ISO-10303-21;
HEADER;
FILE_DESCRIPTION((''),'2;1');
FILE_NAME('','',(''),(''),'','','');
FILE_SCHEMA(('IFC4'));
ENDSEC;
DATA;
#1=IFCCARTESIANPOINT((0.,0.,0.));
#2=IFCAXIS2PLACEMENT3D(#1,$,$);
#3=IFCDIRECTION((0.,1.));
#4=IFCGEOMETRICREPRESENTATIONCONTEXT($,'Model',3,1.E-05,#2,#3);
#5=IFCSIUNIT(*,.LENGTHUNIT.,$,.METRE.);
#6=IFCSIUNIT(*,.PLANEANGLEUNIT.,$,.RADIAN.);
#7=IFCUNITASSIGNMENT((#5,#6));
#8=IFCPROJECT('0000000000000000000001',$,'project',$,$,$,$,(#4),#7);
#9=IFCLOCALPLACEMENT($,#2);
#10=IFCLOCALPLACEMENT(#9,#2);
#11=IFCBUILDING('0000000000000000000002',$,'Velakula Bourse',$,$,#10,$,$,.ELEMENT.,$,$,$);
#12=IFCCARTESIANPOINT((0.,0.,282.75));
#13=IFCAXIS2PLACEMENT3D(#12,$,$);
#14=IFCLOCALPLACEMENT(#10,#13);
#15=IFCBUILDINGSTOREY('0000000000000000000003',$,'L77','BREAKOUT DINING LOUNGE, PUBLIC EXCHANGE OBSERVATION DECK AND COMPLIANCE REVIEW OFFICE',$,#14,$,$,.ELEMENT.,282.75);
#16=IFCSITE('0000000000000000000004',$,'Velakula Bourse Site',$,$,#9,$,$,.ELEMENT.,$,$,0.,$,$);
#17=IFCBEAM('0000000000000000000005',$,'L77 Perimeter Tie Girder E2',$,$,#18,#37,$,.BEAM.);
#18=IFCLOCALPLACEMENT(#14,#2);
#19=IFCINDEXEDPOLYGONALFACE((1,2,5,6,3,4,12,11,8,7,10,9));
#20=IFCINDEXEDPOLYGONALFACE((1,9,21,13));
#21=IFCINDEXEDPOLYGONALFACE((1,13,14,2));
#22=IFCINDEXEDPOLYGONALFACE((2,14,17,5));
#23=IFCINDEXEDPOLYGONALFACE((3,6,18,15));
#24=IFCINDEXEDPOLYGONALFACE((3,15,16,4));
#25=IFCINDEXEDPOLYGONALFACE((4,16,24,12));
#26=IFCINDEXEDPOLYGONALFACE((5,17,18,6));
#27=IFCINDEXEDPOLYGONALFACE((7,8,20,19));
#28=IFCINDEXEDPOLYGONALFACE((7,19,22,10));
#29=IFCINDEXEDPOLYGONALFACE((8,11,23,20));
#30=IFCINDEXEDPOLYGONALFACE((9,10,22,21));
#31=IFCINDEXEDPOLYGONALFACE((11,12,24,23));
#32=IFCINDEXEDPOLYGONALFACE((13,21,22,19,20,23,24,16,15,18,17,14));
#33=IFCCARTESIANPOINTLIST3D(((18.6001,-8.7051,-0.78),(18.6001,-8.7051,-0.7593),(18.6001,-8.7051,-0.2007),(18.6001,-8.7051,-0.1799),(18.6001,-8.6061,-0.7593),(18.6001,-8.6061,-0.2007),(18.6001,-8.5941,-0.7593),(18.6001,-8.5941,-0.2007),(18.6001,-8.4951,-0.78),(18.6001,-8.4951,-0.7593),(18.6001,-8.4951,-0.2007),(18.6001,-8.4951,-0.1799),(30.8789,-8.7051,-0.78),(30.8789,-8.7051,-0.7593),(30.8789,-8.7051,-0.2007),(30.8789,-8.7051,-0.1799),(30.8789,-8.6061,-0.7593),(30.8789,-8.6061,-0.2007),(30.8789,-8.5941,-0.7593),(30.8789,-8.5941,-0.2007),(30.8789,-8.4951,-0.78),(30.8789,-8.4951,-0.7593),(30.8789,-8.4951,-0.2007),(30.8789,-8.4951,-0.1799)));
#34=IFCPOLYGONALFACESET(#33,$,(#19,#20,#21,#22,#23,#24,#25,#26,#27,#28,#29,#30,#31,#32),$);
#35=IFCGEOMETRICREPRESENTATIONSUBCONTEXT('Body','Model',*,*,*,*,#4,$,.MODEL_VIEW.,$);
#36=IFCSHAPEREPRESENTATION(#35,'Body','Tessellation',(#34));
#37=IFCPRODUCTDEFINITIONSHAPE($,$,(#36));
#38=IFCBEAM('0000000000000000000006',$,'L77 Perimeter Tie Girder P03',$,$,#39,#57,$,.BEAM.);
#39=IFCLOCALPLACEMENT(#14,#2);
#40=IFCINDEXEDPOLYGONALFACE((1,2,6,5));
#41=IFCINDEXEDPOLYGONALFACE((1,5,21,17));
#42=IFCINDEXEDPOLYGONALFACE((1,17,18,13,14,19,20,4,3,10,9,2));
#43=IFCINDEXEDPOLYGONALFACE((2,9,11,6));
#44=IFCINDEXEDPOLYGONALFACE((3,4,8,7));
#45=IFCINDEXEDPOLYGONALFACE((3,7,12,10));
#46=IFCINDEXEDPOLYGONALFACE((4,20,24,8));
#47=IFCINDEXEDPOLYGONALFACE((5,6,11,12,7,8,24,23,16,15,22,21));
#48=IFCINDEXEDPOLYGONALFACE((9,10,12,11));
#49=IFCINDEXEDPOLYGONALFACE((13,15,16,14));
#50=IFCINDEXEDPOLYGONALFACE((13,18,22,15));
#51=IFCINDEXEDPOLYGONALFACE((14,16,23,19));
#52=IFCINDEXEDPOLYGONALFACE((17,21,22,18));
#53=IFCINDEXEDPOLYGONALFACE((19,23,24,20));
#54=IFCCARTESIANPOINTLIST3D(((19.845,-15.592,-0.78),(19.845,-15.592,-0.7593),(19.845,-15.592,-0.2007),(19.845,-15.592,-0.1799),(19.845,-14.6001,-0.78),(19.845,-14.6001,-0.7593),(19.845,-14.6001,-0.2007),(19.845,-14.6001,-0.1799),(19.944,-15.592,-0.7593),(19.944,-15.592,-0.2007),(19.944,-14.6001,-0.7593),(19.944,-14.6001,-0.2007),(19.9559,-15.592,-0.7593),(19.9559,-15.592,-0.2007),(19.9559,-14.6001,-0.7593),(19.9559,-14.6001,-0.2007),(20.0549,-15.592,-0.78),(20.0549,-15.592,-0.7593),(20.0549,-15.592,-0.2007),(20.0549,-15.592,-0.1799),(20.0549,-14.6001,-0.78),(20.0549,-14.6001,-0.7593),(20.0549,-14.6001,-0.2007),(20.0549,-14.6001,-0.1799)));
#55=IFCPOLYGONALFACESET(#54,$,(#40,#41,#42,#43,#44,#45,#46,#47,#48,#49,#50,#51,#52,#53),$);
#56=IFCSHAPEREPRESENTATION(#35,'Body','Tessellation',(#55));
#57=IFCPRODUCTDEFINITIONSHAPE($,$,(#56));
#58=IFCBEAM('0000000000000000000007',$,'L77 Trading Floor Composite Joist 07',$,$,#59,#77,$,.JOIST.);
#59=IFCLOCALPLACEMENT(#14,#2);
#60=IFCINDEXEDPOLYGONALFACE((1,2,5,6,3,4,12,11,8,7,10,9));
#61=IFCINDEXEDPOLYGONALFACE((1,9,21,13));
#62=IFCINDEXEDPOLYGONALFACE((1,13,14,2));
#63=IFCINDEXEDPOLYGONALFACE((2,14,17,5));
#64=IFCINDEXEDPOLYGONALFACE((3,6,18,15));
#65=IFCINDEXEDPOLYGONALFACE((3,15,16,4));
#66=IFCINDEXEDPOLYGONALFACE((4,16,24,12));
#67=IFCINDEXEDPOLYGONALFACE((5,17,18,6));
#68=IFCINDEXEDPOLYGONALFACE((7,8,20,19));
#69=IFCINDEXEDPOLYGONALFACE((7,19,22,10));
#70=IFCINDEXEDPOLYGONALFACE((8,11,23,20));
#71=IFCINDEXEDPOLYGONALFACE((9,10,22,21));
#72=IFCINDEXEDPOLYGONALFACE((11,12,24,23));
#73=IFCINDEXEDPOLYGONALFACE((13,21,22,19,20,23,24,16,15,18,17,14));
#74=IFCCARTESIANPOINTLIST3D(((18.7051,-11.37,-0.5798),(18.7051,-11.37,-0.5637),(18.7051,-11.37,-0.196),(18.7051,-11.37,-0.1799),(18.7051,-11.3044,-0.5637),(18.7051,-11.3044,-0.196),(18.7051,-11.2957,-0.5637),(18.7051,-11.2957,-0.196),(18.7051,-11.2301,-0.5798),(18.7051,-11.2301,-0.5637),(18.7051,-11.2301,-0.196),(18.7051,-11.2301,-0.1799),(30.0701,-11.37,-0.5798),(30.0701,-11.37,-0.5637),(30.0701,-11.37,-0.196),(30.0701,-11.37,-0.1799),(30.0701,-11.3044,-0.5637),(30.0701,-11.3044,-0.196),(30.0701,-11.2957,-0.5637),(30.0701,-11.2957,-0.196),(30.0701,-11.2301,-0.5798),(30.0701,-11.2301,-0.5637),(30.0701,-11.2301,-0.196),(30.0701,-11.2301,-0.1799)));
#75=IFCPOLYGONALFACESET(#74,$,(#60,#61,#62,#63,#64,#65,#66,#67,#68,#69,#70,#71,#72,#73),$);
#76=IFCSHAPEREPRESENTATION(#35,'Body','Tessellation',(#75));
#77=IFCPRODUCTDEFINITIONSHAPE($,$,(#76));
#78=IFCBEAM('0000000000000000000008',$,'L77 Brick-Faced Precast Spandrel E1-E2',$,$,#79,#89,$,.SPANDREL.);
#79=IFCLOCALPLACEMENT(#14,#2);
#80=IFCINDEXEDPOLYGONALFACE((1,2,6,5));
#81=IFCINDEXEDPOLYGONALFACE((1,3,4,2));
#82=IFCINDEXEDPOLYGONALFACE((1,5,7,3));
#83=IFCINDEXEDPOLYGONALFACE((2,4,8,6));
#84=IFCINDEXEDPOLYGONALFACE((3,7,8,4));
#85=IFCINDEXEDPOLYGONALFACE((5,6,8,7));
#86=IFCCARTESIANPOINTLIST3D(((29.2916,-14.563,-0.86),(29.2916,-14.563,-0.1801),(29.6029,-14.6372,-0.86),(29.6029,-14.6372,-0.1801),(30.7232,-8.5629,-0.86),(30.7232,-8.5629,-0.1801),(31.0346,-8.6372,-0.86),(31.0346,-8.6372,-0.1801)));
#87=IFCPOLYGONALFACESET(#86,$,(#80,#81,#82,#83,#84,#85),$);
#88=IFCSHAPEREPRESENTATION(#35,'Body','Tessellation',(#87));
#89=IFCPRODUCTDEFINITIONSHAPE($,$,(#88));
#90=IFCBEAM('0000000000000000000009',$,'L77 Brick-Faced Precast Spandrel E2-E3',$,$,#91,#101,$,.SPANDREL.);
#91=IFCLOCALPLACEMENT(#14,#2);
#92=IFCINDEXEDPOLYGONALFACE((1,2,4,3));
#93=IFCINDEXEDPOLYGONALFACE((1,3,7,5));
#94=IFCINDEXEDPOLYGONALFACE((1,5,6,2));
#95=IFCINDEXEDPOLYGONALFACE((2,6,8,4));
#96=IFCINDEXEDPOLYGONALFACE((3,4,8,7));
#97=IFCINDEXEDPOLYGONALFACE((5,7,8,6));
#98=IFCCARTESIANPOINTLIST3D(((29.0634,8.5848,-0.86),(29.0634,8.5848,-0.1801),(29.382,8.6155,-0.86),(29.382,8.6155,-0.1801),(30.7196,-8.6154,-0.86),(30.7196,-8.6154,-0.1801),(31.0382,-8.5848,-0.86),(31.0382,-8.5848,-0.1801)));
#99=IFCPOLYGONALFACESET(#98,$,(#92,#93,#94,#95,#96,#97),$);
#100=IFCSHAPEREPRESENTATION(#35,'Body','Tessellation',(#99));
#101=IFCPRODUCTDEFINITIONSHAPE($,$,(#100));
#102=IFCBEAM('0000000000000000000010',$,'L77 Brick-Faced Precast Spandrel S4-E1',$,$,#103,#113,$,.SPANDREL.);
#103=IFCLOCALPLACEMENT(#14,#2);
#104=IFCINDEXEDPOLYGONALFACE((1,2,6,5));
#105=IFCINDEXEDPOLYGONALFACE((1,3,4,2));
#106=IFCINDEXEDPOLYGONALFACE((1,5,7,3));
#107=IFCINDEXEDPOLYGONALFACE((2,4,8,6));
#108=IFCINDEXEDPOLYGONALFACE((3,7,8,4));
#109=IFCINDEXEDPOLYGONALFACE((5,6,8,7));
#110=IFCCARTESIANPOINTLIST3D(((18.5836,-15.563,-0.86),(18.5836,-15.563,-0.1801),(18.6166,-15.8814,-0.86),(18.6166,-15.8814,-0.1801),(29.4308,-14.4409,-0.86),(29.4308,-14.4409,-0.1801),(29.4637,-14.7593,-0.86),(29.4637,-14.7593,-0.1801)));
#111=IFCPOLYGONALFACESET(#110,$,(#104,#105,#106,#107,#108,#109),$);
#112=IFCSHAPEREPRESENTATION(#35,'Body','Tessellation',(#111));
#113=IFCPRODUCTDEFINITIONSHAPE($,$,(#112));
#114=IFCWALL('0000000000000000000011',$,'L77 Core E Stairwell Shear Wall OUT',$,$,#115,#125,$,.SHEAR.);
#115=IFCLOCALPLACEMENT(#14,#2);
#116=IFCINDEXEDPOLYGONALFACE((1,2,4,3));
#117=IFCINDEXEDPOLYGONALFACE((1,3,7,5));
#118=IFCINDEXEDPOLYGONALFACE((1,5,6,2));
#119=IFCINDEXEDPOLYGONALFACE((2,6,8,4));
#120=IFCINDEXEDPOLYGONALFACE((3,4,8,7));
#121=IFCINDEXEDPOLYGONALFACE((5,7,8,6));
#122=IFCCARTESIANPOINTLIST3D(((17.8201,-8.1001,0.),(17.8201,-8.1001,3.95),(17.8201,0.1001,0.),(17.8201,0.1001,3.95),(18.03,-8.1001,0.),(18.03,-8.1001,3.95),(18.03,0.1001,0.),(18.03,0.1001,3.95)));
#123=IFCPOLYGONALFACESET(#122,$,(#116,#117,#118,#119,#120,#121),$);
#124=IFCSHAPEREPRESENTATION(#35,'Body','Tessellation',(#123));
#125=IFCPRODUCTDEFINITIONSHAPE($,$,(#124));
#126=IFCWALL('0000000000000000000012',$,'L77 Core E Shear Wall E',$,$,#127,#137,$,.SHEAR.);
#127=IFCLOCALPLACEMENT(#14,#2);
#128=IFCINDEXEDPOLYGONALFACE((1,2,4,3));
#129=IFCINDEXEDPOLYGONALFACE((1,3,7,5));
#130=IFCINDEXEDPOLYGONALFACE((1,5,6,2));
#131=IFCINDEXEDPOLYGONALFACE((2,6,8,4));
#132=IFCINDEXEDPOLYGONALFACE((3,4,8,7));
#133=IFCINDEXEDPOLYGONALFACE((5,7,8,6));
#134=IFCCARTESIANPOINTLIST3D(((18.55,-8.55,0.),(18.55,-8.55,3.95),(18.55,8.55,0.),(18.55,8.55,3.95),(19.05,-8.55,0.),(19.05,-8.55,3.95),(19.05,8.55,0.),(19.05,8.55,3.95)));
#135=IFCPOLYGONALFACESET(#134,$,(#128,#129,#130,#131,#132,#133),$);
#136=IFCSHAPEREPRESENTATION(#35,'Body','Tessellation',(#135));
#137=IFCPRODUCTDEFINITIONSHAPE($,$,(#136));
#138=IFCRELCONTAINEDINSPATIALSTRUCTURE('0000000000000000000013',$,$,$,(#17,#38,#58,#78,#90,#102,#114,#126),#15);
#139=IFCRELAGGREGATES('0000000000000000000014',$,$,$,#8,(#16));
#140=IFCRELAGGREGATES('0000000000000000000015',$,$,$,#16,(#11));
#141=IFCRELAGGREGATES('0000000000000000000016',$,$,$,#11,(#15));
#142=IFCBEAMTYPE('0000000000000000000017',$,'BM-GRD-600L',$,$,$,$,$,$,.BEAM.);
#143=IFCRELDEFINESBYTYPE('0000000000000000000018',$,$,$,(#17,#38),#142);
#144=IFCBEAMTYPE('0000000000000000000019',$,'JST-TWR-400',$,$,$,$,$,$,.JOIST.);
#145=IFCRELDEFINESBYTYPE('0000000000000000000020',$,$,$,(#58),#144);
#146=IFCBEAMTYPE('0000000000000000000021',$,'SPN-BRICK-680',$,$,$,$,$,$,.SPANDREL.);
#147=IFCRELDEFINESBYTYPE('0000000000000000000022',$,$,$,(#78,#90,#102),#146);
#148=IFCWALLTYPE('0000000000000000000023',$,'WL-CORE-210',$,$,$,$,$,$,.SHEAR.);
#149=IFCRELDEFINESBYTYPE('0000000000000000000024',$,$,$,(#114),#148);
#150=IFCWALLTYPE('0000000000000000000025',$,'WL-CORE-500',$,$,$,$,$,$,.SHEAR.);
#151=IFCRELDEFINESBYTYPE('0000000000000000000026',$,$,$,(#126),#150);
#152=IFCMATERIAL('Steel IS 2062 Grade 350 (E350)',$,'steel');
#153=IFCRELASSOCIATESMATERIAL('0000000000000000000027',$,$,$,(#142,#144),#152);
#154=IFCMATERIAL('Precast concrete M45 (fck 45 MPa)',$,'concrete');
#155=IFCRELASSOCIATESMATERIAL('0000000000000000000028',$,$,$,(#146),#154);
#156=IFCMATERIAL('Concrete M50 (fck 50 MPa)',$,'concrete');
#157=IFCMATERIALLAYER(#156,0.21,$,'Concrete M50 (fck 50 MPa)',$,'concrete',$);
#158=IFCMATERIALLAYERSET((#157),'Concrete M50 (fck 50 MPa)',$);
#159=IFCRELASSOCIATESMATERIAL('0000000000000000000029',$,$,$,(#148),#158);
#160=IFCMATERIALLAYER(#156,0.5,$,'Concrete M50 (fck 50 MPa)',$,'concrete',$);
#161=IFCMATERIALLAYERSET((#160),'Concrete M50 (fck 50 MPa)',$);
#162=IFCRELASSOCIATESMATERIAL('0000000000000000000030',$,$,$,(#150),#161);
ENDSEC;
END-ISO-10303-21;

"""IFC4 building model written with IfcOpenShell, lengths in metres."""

from ifc_helpers import new_model, si_unit, direction, frame, frame_2d, origin, origin_2d, place, context, subcontext, project, spatial, rectangle, i_section, extrude, material, layer, layer_set, material_profile, profile_set, type_object, element, save


model = new_model("IFC4")

# Units and contexts
model_context = context("Model", 3, precision=1e-05, world=origin(), true_north=direction((0.0, 1.0)))
body_context = subcontext(model_context, "Body", "Model", "MODEL_VIEW")
ifc_project = project(units=[si_unit("LENGTHUNIT", "METRE"), si_unit("PLANEANGLEUNIT", "RADIAN")], contexts=[model_context])

# Site, building, storey
site_placement = place(None, origin())
site = spatial("IfcSite", under=ifc_project, at=site_placement, Name="Velakula Bourse Site", CompositionType="ELEMENT", RefElevation=0.0)
building_placement = place(site_placement, origin())
building = spatial("IfcBuilding", under=site, at=building_placement, Name="Velakula Bourse", CompositionType="ELEMENT")
storey_placement = place(building_placement, frame((0.0, 0.0, 282.75)))
storey = spatial("IfcBuildingStorey", under=building, at=storey_placement, Name="L77", Description="BREAKOUT DINING LOUNGE, PUBLIC EXCHANGE OBSERVATION DECK AND COMPLIANCE REVIEW OFFICE", CompositionType="ELEMENT", Elevation=282.75)

# Shared definitions
ifc_material_1 = material(Name="Concrete M50 (fck 50 MPa)", Category="concrete")
ifc_material_2 = material(Name="Steel IS 2062 Grade 350 (E350)", Category="steel")

# Beams
ifc_material_profile_1 = material_profile(ifc_material_2, i_section(OverallWidth=0.21, OverallDepth=0.6001, WebThickness=0.012, FlangeThickness=0.0208, at=origin_2d()), Name="Steel IS 2062 Grade 350 (E350)")
ifc_profile_set_1 = profile_set([ifc_material_profile_1], Name="Steel IS 2062 Grade 350 (E350)")
beam_type_1 = type_object("IfcBeamType", Name="BM-GRD-600L", PredefinedType="BEAM", material=ifc_profile_set_1)
beam_1_placement = place(storey_placement, frame((18.6001, -8.6001, -0.48), z_axis=(1.0, 0.0, 0.0), x_axis=(0.0, 1.0, 0.0)))
element("IfcBeam", 1, at=beam_1_placement, inside=storey, type_object=beam_type_1, Name="L77 Perimeter Tie Girder E2", PredefinedType="BEAM", context=body_context, shape_type="SweptSolid", body=[
    extrude(i_section(OverallWidth=0.21, OverallDepth=0.6001, WebThickness=0.012, FlangeThickness=0.0208, at=origin_2d()), origin(), (0.0, 0.0, 1.0), 12.2788),
])
beam_2_placement = place(storey_placement, frame((19.95, -14.6001, -0.48), z_axis=(0.0, -1.0, 0.0), x_axis=(1.0, 0.0, 0.0)))
element("IfcBeam", 2, at=beam_2_placement, inside=storey, type_object=beam_type_1, Name="L77 Perimeter Tie Girder P03", PredefinedType="BEAM", context=body_context, shape_type="SweptSolid", body=[
    extrude(i_section(OverallWidth=0.21, OverallDepth=0.6001, WebThickness=0.012, FlangeThickness=0.0208, at=origin_2d()), origin(), (0.0, 0.0, 1.0), 0.9919),
])
ifc_material_profile_2 = material_profile(ifc_material_2, i_section(OverallWidth=0.1399, OverallDepth=0.3999, WebThickness=0.0088, FlangeThickness=0.0161, at=origin_2d()), Name="Steel IS 2062 Grade 350 (E350)")
ifc_profile_set_2 = profile_set([ifc_material_profile_2], Name="Steel IS 2062 Grade 350 (E350)")
beam_type_2 = type_object("IfcBeamType", Name="JST-TWR-400", PredefinedType="JOIST", material=ifc_profile_set_2)
beam_3_placement = place(storey_placement, frame((18.7051, -11.3, -0.3799), z_axis=(1.0, 0.0, 0.0), x_axis=(0.0, 1.0, 0.0)))
element("IfcBeam", 3, at=beam_3_placement, inside=storey, type_object=beam_type_2, Name="L77 Trading Floor Composite Joist 07", PredefinedType="JOIST", context=body_context, shape_type="SweptSolid", body=[
    extrude(i_section(OverallWidth=0.1399, OverallDepth=0.3999, WebThickness=0.0088, FlangeThickness=0.0161, at=origin_2d()), origin(), (0.0, 0.0, 1.0), 11.365),
])
ifc_material_3 = material(Name="Precast concrete M45 (fck 45 MPa)", Category="concrete")
ifc_material_profile_3 = material_profile(ifc_material_3, rectangle(XDim=0.3201, YDim=0.6799, at=origin_2d()), Name="Precast concrete M45 (fck 45 MPa)")
ifc_profile_set_3 = profile_set([ifc_material_profile_3], Name="Precast concrete M45 (fck 45 MPa)")
beam_type_3 = type_object("IfcBeamType", Name="SPN-BRICK-680", PredefinedType="SPANDREL", material=ifc_profile_set_3)
beam_4_placement = place(storey_placement, frame((29.4473, -14.6001, -0.52), z_axis=(0.232091, 0.972694, 0.0), x_axis=(-0.972694, 0.232091, 0.0)))
element("IfcBeam", 4, at=beam_4_placement, inside=storey, type_object=beam_type_3, Name="L77 Brick-Faced Precast Spandrel E1-E2", PredefinedType="SPANDREL", context=body_context, shape_type="SweptSolid", body=[
    extrude(rectangle(XDim=0.3201, YDim=0.6799, at=origin_2d()), origin(), (0.0, 0.0, 1.0), 6.1685),
])
beam_5_placement = place(storey_placement, frame((30.8789, -8.6001, -0.52), z_axis=(-0.095849, 0.995396, 0.0), x_axis=(-0.995396, -0.095849, 0.0)))
element("IfcBeam", 5, at=beam_5_placement, inside=storey, type_object=beam_type_3, Name="L77 Brick-Faced Precast Spandrel E2-E3", PredefinedType="SPANDREL", context=body_context, shape_type="SweptSolid", body=[
    extrude(rectangle(XDim=0.3201, YDim=0.6799, at=origin_2d()), origin(), (0.0, 0.0, 1.0), 17.2798),
])
beam_6_placement = place(storey_placement, frame((18.6001, -15.7222, -0.52), z_axis=(0.994692, 0.102895, 0.0), x_axis=(-0.102895, 0.994692, 0.0)))
element("IfcBeam", 6, at=beam_6_placement, inside=storey, type_object=beam_type_3, Name="L77 Brick-Faced Precast Spandrel S4-E1", PredefinedType="SPANDREL", context=body_context, shape_type="SweptSolid", body=[
    extrude(rectangle(XDim=0.3201, YDim=0.6799, at=origin_2d()), origin(), (0.0, 0.0, 1.0), 10.905),
])

# Walls
ifc_layer_1 = layer(ifc_material_1, 0.21, Name="Concrete M50 (fck 50 MPa)", Category="concrete")
ifc_layer_set_1 = layer_set([ifc_layer_1], Name="Concrete M50 (fck 50 MPa)")
wall_type_1 = type_object("IfcWallType", Name="WL-CORE-210", PredefinedType="SHEAR", material=ifc_layer_set_1)
wall_1_placement = place(storey_placement, frame((17.925, -8.1001, 0.0), z_axis=(0.0, 0.0, 1.0), x_axis=(0.0, 1.0, 0.0)))
element("IfcWall", 7, at=wall_1_placement, inside=storey, type_object=wall_type_1, Name="L77 Core E Stairwell Shear Wall OUT", PredefinedType="SHEAR", context=body_context, shape_type="SweptSolid", body=[
    extrude(rectangle(XDim=8.2002, YDim=0.21, at=frame_2d((4.1001, 0.0))), origin(), (0.0, 0.0, 1.0), 3.95),
])
ifc_layer_2 = layer(ifc_material_1, 0.5, Name="Concrete M50 (fck 50 MPa)", Category="concrete")
ifc_layer_set_2 = layer_set([ifc_layer_2], Name="Concrete M50 (fck 50 MPa)")
wall_type_2 = type_object("IfcWallType", Name="WL-CORE-500", PredefinedType="SHEAR", material=ifc_layer_set_2)
wall_2_placement = place(storey_placement, frame((18.8, -8.55, 0.0), z_axis=(0.0, 0.0, 1.0), x_axis=(0.0, 1.0, 0.0)))
element("IfcWall", 8, at=wall_2_placement, inside=storey, type_object=wall_type_2, Name="L77 Core E Shear Wall E", PredefinedType="SHEAR", context=body_context, shape_type="SweptSolid", body=[
    extrude(rectangle(XDim=17.1001, YDim=0.5, at=frame_2d((8.55, 0.0))), origin(), (0.0, 0.0, 1.0), 3.95),
])

save(model, "model.ifc")
